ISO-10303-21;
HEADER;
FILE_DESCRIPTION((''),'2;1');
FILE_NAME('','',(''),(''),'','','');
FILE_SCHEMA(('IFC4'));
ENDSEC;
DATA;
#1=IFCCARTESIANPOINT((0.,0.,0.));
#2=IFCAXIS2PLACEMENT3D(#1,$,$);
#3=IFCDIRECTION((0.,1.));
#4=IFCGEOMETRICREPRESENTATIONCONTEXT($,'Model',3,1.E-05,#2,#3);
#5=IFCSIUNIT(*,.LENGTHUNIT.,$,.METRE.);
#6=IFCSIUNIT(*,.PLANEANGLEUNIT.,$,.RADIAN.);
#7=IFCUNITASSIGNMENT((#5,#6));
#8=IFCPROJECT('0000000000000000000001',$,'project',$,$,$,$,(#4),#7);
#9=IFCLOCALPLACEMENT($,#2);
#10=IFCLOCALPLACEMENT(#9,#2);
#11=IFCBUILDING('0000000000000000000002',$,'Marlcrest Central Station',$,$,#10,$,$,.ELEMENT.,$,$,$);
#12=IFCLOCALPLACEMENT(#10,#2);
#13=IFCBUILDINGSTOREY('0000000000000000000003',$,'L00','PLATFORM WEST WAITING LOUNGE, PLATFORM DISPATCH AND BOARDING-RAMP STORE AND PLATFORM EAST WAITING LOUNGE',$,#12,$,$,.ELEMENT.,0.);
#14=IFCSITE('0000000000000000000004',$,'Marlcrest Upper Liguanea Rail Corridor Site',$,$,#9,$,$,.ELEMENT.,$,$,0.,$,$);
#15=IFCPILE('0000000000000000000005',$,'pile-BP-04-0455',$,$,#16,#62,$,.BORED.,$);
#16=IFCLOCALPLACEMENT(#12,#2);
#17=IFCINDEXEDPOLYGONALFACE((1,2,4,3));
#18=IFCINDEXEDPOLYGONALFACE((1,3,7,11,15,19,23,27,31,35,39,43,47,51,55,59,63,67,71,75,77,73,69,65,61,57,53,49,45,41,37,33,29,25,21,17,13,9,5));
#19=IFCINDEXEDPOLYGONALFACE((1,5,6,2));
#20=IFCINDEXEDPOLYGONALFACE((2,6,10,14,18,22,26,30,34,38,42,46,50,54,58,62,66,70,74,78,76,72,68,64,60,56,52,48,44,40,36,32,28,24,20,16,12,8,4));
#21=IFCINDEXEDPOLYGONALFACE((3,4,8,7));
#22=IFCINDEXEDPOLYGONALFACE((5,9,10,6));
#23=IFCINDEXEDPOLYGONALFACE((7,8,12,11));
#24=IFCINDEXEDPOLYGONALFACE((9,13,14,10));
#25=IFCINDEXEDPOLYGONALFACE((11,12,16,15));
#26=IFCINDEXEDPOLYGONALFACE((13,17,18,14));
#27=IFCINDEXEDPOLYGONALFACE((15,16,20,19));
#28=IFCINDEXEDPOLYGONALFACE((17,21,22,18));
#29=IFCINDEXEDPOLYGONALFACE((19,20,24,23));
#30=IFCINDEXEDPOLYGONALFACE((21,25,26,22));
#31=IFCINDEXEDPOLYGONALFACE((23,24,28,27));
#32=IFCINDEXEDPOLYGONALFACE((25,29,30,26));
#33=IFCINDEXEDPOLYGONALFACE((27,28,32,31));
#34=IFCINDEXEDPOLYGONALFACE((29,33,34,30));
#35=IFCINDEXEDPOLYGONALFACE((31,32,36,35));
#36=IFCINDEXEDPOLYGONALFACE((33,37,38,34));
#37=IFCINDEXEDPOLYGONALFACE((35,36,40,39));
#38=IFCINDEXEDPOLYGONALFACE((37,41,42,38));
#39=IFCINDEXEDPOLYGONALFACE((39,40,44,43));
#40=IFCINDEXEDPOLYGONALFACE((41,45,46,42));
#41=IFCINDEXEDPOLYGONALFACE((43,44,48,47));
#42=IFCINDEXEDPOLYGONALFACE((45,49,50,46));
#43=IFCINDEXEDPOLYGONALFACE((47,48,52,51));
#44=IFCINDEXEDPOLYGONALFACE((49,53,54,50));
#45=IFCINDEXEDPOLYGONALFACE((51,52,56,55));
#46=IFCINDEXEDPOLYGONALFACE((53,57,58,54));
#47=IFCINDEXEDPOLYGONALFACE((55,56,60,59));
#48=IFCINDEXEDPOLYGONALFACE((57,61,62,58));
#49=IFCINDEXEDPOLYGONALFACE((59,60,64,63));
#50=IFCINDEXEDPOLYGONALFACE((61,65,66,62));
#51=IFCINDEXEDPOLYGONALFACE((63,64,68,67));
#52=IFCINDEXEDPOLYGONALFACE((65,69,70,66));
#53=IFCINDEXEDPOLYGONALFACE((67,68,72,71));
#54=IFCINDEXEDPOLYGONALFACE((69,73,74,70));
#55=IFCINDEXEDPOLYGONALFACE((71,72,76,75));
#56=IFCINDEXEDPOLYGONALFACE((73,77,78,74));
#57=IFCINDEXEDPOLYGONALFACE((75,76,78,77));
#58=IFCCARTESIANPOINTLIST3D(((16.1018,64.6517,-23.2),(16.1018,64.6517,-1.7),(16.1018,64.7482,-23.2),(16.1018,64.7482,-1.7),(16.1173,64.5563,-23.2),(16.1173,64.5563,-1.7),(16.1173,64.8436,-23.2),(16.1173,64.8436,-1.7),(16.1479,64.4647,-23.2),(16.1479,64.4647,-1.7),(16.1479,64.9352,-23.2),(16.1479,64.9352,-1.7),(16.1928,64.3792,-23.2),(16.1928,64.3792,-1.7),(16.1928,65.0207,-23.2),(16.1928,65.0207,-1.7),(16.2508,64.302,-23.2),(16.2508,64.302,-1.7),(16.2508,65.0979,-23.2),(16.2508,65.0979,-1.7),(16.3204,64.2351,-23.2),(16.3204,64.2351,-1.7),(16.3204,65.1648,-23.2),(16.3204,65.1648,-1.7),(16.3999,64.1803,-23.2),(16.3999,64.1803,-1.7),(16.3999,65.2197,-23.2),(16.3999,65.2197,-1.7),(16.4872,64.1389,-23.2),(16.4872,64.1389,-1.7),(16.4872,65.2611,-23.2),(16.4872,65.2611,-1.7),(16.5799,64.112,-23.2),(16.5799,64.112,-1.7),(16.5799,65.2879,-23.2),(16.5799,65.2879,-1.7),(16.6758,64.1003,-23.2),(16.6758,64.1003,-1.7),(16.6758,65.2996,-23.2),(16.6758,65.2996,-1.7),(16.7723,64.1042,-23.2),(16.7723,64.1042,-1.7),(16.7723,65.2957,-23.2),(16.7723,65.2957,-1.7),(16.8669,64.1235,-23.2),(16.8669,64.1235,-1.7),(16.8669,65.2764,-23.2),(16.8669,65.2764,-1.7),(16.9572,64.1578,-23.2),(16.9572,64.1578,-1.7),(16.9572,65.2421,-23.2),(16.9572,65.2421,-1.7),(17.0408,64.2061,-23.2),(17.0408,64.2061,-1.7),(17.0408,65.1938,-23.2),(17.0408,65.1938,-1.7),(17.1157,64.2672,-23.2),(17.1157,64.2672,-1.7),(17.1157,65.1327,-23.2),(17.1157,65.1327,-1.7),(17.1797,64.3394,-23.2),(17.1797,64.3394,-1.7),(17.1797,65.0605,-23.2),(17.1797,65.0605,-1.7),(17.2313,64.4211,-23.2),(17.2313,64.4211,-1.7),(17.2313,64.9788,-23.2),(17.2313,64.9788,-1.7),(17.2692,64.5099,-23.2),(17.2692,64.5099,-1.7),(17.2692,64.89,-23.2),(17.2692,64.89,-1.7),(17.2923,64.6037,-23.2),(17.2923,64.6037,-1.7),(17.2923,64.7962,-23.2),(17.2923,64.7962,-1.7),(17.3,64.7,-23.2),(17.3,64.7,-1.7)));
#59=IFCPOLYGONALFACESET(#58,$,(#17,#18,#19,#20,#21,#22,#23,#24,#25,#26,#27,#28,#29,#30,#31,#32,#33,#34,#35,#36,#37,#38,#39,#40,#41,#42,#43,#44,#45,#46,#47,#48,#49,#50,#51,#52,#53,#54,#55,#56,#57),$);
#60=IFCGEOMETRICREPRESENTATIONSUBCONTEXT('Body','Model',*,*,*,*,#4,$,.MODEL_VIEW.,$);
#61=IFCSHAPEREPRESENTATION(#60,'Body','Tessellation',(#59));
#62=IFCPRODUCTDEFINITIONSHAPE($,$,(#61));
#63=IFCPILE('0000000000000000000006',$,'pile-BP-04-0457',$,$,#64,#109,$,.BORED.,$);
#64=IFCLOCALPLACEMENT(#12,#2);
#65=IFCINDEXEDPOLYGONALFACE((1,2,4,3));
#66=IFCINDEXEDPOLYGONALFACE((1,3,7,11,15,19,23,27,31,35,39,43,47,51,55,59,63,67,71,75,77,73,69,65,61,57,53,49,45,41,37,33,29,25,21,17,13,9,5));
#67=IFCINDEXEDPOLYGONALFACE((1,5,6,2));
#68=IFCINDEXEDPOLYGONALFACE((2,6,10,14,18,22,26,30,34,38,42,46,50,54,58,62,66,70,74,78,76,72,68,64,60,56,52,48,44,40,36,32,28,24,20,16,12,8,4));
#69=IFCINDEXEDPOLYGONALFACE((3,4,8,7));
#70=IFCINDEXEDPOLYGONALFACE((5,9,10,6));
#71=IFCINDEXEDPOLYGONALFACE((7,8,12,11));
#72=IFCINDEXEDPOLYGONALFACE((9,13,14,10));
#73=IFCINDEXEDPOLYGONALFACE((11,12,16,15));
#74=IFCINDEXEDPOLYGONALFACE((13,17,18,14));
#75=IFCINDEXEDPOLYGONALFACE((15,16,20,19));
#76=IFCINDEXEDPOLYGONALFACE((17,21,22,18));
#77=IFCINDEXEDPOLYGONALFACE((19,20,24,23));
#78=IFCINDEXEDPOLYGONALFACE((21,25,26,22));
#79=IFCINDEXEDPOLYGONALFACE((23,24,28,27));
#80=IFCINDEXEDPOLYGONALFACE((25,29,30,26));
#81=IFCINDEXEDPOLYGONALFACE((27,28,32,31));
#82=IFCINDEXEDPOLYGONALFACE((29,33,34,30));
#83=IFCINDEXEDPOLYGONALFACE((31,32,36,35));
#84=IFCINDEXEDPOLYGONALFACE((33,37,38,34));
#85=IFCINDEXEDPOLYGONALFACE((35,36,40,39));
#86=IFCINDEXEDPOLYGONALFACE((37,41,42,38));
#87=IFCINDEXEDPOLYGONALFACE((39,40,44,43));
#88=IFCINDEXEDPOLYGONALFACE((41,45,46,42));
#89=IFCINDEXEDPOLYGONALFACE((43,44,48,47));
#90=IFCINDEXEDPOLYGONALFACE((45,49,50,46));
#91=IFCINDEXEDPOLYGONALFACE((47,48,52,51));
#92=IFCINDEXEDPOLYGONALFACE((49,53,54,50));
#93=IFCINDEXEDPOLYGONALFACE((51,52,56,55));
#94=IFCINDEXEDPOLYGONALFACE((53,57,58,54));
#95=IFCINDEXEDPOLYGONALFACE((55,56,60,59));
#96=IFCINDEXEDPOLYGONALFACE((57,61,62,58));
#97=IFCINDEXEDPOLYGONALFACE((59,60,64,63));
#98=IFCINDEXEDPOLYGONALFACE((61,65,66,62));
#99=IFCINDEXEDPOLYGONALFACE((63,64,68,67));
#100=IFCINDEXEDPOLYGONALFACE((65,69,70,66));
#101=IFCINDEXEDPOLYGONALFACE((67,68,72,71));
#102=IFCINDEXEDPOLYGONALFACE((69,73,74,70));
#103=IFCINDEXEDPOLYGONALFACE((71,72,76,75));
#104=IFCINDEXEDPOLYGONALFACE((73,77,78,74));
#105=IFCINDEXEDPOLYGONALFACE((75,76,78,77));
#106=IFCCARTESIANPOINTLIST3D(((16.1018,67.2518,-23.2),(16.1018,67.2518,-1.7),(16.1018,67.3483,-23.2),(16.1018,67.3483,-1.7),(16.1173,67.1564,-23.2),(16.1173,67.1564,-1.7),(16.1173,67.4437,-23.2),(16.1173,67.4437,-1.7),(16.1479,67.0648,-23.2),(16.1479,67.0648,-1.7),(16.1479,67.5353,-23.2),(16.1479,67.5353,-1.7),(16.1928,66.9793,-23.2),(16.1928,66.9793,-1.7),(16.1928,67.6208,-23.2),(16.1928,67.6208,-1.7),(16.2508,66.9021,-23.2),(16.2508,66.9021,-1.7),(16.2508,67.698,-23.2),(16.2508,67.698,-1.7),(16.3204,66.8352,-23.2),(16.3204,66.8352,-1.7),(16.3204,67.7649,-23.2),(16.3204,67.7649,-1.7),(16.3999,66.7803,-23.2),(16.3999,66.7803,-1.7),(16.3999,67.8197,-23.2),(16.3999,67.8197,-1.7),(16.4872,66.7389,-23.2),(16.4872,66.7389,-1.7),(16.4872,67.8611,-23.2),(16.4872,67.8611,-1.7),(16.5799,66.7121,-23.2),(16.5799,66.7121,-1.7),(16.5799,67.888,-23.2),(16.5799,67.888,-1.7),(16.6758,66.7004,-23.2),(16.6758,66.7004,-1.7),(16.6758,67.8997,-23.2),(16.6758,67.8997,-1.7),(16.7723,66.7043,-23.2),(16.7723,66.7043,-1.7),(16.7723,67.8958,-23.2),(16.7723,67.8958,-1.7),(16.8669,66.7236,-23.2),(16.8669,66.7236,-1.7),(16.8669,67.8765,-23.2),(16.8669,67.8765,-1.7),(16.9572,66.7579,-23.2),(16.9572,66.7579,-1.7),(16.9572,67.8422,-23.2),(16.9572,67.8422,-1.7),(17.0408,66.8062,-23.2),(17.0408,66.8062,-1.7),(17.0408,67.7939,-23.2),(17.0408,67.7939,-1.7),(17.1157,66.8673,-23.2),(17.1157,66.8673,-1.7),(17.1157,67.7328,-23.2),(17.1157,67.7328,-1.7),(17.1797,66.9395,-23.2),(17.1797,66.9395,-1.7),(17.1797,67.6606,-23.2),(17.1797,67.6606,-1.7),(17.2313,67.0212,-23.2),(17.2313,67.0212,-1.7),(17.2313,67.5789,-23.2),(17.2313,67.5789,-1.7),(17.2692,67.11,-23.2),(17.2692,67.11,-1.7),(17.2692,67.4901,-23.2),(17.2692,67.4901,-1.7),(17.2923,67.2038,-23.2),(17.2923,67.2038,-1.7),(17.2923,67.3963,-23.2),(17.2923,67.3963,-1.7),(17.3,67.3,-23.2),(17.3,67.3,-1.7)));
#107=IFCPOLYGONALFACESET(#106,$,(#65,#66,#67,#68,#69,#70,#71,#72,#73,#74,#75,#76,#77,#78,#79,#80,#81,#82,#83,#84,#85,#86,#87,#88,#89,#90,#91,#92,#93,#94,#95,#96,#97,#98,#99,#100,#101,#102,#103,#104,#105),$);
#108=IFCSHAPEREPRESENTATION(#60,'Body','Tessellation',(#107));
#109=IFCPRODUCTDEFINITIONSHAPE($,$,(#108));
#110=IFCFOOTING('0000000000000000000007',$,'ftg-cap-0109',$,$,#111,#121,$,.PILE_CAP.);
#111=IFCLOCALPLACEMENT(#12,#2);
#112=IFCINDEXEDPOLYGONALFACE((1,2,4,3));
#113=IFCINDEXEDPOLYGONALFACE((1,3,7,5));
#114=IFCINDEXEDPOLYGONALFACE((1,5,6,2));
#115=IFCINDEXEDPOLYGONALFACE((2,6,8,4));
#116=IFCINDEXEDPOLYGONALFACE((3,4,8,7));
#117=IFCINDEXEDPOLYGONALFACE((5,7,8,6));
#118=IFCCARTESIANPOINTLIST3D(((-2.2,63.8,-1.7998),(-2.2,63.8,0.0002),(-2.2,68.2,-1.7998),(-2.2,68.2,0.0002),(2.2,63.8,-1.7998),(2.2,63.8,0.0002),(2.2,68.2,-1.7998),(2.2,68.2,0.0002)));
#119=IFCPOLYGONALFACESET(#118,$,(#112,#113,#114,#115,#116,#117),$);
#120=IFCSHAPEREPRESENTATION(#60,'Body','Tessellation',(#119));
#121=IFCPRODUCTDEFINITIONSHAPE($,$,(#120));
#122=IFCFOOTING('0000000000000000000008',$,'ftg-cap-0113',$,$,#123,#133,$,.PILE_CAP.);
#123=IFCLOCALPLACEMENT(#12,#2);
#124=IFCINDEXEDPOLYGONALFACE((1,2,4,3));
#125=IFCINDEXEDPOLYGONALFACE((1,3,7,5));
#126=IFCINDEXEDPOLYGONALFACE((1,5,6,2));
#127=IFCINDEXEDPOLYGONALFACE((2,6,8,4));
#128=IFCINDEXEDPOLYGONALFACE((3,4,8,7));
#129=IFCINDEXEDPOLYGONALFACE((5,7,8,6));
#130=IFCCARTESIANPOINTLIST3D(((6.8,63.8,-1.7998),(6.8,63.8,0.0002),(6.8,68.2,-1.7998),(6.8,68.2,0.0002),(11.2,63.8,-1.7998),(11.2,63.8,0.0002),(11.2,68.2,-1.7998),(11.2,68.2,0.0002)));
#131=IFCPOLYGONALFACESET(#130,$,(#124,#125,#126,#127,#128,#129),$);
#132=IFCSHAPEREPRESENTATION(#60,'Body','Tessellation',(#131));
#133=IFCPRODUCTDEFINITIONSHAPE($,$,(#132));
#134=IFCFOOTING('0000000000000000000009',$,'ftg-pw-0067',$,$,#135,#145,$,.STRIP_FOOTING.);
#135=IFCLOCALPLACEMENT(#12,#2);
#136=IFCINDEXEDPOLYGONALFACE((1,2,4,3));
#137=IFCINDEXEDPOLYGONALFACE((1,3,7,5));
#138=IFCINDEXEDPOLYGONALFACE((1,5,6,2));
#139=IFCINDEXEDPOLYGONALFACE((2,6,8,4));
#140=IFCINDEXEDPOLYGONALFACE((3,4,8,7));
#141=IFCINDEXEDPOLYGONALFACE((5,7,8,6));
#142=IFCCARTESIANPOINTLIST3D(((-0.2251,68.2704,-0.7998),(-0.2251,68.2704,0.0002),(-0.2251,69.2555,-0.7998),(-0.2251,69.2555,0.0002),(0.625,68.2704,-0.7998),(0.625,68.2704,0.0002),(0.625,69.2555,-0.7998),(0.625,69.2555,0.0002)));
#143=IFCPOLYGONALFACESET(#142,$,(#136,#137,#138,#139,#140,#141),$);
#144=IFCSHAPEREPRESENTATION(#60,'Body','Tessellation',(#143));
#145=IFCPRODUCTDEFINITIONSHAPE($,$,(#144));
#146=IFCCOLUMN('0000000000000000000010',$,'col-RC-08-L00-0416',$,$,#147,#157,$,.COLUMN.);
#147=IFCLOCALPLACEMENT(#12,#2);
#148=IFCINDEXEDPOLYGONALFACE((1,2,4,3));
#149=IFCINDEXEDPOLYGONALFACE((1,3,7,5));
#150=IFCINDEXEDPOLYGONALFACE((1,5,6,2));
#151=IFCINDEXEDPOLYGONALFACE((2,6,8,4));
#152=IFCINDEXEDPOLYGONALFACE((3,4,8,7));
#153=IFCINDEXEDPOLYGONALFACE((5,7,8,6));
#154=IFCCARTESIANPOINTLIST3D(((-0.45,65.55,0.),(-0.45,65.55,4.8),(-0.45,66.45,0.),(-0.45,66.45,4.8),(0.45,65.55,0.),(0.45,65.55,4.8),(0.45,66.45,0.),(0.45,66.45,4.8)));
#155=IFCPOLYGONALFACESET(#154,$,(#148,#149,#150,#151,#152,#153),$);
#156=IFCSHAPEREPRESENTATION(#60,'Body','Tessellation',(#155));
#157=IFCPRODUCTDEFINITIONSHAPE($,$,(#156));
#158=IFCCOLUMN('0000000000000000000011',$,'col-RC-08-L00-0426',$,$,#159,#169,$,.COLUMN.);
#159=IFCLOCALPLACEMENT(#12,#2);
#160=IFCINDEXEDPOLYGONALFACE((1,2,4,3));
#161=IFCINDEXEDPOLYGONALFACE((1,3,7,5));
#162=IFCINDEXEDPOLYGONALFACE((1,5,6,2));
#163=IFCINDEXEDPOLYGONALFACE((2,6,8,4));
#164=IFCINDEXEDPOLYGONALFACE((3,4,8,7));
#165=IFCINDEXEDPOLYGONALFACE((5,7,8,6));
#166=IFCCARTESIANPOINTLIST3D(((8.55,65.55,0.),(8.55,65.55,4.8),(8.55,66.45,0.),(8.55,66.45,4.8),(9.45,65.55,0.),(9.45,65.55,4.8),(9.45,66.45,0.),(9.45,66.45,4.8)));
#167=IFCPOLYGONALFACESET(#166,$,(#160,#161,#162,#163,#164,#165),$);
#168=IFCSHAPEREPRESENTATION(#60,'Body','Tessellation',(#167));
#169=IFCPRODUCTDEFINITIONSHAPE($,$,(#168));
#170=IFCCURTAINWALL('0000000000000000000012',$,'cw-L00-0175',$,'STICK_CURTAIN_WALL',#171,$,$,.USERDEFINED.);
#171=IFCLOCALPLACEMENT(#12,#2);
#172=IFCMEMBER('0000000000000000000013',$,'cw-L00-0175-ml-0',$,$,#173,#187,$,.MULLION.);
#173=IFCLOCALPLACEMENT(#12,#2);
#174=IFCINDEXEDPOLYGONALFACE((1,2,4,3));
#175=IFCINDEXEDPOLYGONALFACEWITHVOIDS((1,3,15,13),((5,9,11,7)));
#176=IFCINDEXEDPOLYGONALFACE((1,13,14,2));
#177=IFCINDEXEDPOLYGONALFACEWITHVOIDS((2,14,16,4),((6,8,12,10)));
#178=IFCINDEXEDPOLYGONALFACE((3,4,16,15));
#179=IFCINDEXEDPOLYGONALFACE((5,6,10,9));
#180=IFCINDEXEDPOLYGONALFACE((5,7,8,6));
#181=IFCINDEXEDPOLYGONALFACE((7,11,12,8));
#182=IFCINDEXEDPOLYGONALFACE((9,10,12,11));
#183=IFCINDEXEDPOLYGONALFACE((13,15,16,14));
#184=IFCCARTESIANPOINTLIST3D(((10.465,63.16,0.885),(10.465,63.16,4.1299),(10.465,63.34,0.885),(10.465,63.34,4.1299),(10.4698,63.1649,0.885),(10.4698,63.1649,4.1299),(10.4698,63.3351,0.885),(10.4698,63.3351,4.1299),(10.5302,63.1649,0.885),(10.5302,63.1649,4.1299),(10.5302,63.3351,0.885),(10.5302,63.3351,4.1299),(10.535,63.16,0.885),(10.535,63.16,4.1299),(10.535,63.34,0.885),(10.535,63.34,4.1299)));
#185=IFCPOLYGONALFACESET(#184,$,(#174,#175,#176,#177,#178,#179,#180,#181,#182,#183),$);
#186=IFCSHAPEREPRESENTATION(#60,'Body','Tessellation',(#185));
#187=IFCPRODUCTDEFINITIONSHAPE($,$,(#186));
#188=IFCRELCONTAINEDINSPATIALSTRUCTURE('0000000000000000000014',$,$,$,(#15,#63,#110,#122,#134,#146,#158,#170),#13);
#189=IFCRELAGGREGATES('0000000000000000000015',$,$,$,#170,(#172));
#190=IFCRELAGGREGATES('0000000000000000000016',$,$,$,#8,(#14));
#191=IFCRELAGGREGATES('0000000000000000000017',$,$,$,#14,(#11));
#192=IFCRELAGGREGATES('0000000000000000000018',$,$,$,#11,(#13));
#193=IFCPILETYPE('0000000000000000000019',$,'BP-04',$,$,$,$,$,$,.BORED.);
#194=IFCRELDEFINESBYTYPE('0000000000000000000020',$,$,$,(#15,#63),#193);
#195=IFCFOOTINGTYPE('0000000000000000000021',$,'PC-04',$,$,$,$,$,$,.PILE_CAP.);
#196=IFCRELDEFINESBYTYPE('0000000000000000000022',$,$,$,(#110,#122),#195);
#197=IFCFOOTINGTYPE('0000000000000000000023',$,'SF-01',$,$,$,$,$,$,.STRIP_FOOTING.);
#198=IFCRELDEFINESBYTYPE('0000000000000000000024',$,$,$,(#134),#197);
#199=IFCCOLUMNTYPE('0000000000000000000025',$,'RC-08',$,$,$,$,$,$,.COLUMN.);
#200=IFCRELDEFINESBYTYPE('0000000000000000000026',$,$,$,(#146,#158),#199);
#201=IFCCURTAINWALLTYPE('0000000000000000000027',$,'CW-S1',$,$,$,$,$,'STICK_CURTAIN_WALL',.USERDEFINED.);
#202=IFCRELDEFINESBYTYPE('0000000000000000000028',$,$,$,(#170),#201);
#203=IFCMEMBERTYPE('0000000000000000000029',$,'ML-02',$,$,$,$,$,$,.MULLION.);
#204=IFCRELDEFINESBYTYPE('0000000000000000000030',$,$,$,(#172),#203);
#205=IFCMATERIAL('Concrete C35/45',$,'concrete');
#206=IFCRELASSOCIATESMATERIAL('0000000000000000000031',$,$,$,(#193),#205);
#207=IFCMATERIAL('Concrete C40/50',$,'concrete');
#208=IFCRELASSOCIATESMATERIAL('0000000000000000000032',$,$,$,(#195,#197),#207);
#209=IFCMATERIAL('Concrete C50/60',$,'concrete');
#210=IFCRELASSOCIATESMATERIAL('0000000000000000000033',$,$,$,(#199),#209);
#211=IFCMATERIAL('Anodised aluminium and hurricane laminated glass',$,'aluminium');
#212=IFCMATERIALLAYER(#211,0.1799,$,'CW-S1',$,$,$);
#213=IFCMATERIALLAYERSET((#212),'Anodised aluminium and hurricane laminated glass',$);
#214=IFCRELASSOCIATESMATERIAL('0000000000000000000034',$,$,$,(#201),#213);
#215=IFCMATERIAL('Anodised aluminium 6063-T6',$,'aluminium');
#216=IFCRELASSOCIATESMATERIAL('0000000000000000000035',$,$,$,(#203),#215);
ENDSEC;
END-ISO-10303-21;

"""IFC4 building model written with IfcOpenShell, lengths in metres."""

from ifc_helpers import new_model, si_unit, direction, frame, origin, origin_2d, place, context, subcontext, project, spatial, rectangle, hollow_rectangle, circle, extrude, material, layer, layer_set, material_profile, profile_set, type_object, element, aggregate, save


model = new_model("IFC4")

# Units and contexts
model_context = context("Model", 3, precision=1e-05, world=origin(), true_north=direction((0.0, 1.0)))
body_context = subcontext(model_context, "Body", "Model", "MODEL_VIEW")
ifc_project = project(units=[si_unit("LENGTHUNIT", "METRE"), si_unit("PLANEANGLEUNIT", "RADIAN")], contexts=[model_context])

# Site, building, storey
site_placement = place(None, origin())
site = spatial("IfcSite", under=ifc_project, at=site_placement, Name="Marlcrest Upper Liguanea Rail Corridor Site", CompositionType="ELEMENT", RefElevation=0.0)
building_placement = place(site_placement, origin())
building = spatial("IfcBuilding", under=site, at=building_placement, Name="Marlcrest Central Station", CompositionType="ELEMENT")
storey_placement = place(building_placement, origin())
storey = spatial("IfcBuildingStorey", under=building, at=storey_placement, Name="L00", Description="PLATFORM WEST WAITING LOUNGE, PLATFORM DISPATCH AND BOARDING-RAMP STORE AND PLATFORM EAST WAITING LOUNGE", CompositionType="ELEMENT", Elevation=0.0)

# Piles
ifc_material_1 = material(Name="Concrete C35/45", Category="concrete")
ifc_material_profile_1 = material_profile(ifc_material_1, circle(Radius=0.6001, at=origin_2d()), Name="PILE D1200")
ifc_profile_set_1 = profile_set([ifc_material_profile_1], Name="Concrete C35/45")
pile_type = type_object("IfcPileType", Name="BP-04", PredefinedType="BORED", material=ifc_profile_set_1)
for number, where, z_axis, x_axis, name in (
    (1, (16.7, 64.7, -1.7), (0.0, 0.0, -1.0), (1.0, 0.0, 0.0), "pile-BP-04-0455"),
    (2, (16.7, 67.3, -1.7), (0.0, 0.0, -1.0), (1.0, 0.0, 0.0), "pile-BP-04-0457"),
):
    element("IfcPile", number, at=place(storey_placement, frame(where, z_axis=z_axis, x_axis=x_axis)), inside=storey, type_object=pile_type, Name=name, PredefinedType="BORED", context=body_context, shape_type="SweptSolid", body=[
        extrude(circle(Radius=0.6001, at=origin_2d()), origin(), (0.0, 0.0, 1.0), 21.5),
    ])

# Footings
ifc_material_2 = material(Name="Concrete C40/50", Category="concrete")
footing_type_1 = type_object("IfcFootingType", Name="PC-04", PredefinedType="PILE_CAP", material=ifc_material_2)
for number, where, z_axis, x_axis, name in (
    (3, (0.0, 66.0, -1.7998), (0.0, 0.0, 1.0), (1.0, 0.0, 0.0), "ftg-cap-0109"),
    (4, (9.0, 66.0, -1.7998), (0.0, 0.0, 1.0), (1.0, 0.0, 0.0), "ftg-cap-0113"),
):
    element("IfcFooting", number, at=place(storey_placement, frame(where, z_axis=z_axis, x_axis=x_axis)), inside=storey, type_object=footing_type_1, Name=name, PredefinedType="PILE_CAP", context=body_context, shape_type="SweptSolid", body=[
        extrude(rectangle(XDim=4.3999, YDim=4.3999, at=origin_2d()), origin(), (0.0, 0.0, 1.0), 1.8),
    ])
footing_type_2 = type_object("IfcFootingType", Name="SF-01", PredefinedType="STRIP_FOOTING", material=ifc_material_2)
footing_placement = place(storey_placement, frame((0.2, 68.7629, -0.7998), z_axis=(0.0, 0.0, 1.0), x_axis=(1.0, 0.0, 0.0)))
element("IfcFooting", 5, at=footing_placement, inside=storey, type_object=footing_type_2, Name="ftg-pw-0067", PredefinedType="STRIP_FOOTING", context=body_context, shape_type="SweptSolid", body=[
    extrude(rectangle(XDim=0.8501, YDim=0.9851, at=origin_2d()), origin(), (0.0, 0.0, 1.0), 0.8),
])

# Columns
ifc_material_3 = material(Name="Concrete C50/60", Category="concrete")
ifc_material_profile_2 = material_profile(ifc_material_3, rectangle(XDim=0.8999, YDim=0.8999, at=origin_2d()), Name="RC 900x900")
ifc_profile_set_2 = profile_set([ifc_material_profile_2], Name="Concrete C50/60")
column_type = type_object("IfcColumnType", Name="RC-08", PredefinedType="COLUMN", material=ifc_profile_set_2)
for number, where, z_axis, x_axis, name in (
    (6, (0.0, 66.0, 0.0), (0.0, 0.0, 1.0), (1.0, 0.0, 0.0), "col-RC-08-L00-0416"),
    (7, (9.0, 66.0, 0.0), (0.0, 0.0, 1.0), (1.0, 0.0, 0.0), "col-RC-08-L00-0426"),
):
    element("IfcColumn", number, at=place(storey_placement, frame(where, z_axis=z_axis, x_axis=x_axis)), inside=storey, type_object=column_type, Name=name, PredefinedType="COLUMN", context=body_context, shape_type="SweptSolid", body=[
        extrude(rectangle(XDim=0.8999, YDim=0.8999, at=origin_2d()), origin(), (0.0, 0.0, 1.0), 4.8),
    ])

# Curtain wall, member
ifc_material_4 = material(Name="Anodised aluminium and hurricane laminated glass", Category="aluminium")
ifc_layer_1 = layer(ifc_material_4, 0.1799, Name="CW-S1")
ifc_layer_set_1 = layer_set([ifc_layer_1], Name="Anodised aluminium and hurricane laminated glass")
curtain_wall_type = type_object("IfcCurtainWallType", Name="CW-S1", ElementType="STICK_CURTAIN_WALL", PredefinedType="USERDEFINED", material=ifc_layer_set_1)
curtain_wall_placement = place(storey_placement, origin())
curtain_wall = element("IfcCurtainWall", 8, at=curtain_wall_placement, inside=storey, type_object=curtain_wall_type, Name="cw-L00-0175", ObjectType="STICK_CURTAIN_WALL", PredefinedType="USERDEFINED")
ifc_material_5 = material(Name="Anodised aluminium 6063-T6", Category="aluminium")
ifc_material_profile_3 = material_profile(ifc_material_5, hollow_rectangle(XDim=0.0701, YDim=0.1799, WallThickness=0.0049, at=origin_2d()), Name="AA-RHS 180x70x5")
ifc_profile_set_3 = profile_set([ifc_material_profile_3], Name="Anodised aluminium 6063-T6")
member_type_1 = type_object("IfcMemberType", Name="ML-02", PredefinedType="MULLION", material=ifc_profile_set_3)
member_1_placement = place(storey_placement, frame((10.5, 63.25, 0.885), z_axis=(0.0, 0.0, 1.0), x_axis=(1.0, 0.0, 0.0)))
member_1 = element("IfcMember", 9, at=member_1_placement, type_object=member_type_1, Name="cw-L00-0175-ml-0", PredefinedType="MULLION", context=body_context, shape_type="SweptSolid", body=[
    extrude(hollow_rectangle(XDim=0.0701, YDim=0.1799, WallThickness=0.0049, at=origin_2d()), origin(), (0.0, 0.0, 1.0), 3.2449),
])
aggregate(curtain_wall, [member_1])

save(model, "model.ifc")
